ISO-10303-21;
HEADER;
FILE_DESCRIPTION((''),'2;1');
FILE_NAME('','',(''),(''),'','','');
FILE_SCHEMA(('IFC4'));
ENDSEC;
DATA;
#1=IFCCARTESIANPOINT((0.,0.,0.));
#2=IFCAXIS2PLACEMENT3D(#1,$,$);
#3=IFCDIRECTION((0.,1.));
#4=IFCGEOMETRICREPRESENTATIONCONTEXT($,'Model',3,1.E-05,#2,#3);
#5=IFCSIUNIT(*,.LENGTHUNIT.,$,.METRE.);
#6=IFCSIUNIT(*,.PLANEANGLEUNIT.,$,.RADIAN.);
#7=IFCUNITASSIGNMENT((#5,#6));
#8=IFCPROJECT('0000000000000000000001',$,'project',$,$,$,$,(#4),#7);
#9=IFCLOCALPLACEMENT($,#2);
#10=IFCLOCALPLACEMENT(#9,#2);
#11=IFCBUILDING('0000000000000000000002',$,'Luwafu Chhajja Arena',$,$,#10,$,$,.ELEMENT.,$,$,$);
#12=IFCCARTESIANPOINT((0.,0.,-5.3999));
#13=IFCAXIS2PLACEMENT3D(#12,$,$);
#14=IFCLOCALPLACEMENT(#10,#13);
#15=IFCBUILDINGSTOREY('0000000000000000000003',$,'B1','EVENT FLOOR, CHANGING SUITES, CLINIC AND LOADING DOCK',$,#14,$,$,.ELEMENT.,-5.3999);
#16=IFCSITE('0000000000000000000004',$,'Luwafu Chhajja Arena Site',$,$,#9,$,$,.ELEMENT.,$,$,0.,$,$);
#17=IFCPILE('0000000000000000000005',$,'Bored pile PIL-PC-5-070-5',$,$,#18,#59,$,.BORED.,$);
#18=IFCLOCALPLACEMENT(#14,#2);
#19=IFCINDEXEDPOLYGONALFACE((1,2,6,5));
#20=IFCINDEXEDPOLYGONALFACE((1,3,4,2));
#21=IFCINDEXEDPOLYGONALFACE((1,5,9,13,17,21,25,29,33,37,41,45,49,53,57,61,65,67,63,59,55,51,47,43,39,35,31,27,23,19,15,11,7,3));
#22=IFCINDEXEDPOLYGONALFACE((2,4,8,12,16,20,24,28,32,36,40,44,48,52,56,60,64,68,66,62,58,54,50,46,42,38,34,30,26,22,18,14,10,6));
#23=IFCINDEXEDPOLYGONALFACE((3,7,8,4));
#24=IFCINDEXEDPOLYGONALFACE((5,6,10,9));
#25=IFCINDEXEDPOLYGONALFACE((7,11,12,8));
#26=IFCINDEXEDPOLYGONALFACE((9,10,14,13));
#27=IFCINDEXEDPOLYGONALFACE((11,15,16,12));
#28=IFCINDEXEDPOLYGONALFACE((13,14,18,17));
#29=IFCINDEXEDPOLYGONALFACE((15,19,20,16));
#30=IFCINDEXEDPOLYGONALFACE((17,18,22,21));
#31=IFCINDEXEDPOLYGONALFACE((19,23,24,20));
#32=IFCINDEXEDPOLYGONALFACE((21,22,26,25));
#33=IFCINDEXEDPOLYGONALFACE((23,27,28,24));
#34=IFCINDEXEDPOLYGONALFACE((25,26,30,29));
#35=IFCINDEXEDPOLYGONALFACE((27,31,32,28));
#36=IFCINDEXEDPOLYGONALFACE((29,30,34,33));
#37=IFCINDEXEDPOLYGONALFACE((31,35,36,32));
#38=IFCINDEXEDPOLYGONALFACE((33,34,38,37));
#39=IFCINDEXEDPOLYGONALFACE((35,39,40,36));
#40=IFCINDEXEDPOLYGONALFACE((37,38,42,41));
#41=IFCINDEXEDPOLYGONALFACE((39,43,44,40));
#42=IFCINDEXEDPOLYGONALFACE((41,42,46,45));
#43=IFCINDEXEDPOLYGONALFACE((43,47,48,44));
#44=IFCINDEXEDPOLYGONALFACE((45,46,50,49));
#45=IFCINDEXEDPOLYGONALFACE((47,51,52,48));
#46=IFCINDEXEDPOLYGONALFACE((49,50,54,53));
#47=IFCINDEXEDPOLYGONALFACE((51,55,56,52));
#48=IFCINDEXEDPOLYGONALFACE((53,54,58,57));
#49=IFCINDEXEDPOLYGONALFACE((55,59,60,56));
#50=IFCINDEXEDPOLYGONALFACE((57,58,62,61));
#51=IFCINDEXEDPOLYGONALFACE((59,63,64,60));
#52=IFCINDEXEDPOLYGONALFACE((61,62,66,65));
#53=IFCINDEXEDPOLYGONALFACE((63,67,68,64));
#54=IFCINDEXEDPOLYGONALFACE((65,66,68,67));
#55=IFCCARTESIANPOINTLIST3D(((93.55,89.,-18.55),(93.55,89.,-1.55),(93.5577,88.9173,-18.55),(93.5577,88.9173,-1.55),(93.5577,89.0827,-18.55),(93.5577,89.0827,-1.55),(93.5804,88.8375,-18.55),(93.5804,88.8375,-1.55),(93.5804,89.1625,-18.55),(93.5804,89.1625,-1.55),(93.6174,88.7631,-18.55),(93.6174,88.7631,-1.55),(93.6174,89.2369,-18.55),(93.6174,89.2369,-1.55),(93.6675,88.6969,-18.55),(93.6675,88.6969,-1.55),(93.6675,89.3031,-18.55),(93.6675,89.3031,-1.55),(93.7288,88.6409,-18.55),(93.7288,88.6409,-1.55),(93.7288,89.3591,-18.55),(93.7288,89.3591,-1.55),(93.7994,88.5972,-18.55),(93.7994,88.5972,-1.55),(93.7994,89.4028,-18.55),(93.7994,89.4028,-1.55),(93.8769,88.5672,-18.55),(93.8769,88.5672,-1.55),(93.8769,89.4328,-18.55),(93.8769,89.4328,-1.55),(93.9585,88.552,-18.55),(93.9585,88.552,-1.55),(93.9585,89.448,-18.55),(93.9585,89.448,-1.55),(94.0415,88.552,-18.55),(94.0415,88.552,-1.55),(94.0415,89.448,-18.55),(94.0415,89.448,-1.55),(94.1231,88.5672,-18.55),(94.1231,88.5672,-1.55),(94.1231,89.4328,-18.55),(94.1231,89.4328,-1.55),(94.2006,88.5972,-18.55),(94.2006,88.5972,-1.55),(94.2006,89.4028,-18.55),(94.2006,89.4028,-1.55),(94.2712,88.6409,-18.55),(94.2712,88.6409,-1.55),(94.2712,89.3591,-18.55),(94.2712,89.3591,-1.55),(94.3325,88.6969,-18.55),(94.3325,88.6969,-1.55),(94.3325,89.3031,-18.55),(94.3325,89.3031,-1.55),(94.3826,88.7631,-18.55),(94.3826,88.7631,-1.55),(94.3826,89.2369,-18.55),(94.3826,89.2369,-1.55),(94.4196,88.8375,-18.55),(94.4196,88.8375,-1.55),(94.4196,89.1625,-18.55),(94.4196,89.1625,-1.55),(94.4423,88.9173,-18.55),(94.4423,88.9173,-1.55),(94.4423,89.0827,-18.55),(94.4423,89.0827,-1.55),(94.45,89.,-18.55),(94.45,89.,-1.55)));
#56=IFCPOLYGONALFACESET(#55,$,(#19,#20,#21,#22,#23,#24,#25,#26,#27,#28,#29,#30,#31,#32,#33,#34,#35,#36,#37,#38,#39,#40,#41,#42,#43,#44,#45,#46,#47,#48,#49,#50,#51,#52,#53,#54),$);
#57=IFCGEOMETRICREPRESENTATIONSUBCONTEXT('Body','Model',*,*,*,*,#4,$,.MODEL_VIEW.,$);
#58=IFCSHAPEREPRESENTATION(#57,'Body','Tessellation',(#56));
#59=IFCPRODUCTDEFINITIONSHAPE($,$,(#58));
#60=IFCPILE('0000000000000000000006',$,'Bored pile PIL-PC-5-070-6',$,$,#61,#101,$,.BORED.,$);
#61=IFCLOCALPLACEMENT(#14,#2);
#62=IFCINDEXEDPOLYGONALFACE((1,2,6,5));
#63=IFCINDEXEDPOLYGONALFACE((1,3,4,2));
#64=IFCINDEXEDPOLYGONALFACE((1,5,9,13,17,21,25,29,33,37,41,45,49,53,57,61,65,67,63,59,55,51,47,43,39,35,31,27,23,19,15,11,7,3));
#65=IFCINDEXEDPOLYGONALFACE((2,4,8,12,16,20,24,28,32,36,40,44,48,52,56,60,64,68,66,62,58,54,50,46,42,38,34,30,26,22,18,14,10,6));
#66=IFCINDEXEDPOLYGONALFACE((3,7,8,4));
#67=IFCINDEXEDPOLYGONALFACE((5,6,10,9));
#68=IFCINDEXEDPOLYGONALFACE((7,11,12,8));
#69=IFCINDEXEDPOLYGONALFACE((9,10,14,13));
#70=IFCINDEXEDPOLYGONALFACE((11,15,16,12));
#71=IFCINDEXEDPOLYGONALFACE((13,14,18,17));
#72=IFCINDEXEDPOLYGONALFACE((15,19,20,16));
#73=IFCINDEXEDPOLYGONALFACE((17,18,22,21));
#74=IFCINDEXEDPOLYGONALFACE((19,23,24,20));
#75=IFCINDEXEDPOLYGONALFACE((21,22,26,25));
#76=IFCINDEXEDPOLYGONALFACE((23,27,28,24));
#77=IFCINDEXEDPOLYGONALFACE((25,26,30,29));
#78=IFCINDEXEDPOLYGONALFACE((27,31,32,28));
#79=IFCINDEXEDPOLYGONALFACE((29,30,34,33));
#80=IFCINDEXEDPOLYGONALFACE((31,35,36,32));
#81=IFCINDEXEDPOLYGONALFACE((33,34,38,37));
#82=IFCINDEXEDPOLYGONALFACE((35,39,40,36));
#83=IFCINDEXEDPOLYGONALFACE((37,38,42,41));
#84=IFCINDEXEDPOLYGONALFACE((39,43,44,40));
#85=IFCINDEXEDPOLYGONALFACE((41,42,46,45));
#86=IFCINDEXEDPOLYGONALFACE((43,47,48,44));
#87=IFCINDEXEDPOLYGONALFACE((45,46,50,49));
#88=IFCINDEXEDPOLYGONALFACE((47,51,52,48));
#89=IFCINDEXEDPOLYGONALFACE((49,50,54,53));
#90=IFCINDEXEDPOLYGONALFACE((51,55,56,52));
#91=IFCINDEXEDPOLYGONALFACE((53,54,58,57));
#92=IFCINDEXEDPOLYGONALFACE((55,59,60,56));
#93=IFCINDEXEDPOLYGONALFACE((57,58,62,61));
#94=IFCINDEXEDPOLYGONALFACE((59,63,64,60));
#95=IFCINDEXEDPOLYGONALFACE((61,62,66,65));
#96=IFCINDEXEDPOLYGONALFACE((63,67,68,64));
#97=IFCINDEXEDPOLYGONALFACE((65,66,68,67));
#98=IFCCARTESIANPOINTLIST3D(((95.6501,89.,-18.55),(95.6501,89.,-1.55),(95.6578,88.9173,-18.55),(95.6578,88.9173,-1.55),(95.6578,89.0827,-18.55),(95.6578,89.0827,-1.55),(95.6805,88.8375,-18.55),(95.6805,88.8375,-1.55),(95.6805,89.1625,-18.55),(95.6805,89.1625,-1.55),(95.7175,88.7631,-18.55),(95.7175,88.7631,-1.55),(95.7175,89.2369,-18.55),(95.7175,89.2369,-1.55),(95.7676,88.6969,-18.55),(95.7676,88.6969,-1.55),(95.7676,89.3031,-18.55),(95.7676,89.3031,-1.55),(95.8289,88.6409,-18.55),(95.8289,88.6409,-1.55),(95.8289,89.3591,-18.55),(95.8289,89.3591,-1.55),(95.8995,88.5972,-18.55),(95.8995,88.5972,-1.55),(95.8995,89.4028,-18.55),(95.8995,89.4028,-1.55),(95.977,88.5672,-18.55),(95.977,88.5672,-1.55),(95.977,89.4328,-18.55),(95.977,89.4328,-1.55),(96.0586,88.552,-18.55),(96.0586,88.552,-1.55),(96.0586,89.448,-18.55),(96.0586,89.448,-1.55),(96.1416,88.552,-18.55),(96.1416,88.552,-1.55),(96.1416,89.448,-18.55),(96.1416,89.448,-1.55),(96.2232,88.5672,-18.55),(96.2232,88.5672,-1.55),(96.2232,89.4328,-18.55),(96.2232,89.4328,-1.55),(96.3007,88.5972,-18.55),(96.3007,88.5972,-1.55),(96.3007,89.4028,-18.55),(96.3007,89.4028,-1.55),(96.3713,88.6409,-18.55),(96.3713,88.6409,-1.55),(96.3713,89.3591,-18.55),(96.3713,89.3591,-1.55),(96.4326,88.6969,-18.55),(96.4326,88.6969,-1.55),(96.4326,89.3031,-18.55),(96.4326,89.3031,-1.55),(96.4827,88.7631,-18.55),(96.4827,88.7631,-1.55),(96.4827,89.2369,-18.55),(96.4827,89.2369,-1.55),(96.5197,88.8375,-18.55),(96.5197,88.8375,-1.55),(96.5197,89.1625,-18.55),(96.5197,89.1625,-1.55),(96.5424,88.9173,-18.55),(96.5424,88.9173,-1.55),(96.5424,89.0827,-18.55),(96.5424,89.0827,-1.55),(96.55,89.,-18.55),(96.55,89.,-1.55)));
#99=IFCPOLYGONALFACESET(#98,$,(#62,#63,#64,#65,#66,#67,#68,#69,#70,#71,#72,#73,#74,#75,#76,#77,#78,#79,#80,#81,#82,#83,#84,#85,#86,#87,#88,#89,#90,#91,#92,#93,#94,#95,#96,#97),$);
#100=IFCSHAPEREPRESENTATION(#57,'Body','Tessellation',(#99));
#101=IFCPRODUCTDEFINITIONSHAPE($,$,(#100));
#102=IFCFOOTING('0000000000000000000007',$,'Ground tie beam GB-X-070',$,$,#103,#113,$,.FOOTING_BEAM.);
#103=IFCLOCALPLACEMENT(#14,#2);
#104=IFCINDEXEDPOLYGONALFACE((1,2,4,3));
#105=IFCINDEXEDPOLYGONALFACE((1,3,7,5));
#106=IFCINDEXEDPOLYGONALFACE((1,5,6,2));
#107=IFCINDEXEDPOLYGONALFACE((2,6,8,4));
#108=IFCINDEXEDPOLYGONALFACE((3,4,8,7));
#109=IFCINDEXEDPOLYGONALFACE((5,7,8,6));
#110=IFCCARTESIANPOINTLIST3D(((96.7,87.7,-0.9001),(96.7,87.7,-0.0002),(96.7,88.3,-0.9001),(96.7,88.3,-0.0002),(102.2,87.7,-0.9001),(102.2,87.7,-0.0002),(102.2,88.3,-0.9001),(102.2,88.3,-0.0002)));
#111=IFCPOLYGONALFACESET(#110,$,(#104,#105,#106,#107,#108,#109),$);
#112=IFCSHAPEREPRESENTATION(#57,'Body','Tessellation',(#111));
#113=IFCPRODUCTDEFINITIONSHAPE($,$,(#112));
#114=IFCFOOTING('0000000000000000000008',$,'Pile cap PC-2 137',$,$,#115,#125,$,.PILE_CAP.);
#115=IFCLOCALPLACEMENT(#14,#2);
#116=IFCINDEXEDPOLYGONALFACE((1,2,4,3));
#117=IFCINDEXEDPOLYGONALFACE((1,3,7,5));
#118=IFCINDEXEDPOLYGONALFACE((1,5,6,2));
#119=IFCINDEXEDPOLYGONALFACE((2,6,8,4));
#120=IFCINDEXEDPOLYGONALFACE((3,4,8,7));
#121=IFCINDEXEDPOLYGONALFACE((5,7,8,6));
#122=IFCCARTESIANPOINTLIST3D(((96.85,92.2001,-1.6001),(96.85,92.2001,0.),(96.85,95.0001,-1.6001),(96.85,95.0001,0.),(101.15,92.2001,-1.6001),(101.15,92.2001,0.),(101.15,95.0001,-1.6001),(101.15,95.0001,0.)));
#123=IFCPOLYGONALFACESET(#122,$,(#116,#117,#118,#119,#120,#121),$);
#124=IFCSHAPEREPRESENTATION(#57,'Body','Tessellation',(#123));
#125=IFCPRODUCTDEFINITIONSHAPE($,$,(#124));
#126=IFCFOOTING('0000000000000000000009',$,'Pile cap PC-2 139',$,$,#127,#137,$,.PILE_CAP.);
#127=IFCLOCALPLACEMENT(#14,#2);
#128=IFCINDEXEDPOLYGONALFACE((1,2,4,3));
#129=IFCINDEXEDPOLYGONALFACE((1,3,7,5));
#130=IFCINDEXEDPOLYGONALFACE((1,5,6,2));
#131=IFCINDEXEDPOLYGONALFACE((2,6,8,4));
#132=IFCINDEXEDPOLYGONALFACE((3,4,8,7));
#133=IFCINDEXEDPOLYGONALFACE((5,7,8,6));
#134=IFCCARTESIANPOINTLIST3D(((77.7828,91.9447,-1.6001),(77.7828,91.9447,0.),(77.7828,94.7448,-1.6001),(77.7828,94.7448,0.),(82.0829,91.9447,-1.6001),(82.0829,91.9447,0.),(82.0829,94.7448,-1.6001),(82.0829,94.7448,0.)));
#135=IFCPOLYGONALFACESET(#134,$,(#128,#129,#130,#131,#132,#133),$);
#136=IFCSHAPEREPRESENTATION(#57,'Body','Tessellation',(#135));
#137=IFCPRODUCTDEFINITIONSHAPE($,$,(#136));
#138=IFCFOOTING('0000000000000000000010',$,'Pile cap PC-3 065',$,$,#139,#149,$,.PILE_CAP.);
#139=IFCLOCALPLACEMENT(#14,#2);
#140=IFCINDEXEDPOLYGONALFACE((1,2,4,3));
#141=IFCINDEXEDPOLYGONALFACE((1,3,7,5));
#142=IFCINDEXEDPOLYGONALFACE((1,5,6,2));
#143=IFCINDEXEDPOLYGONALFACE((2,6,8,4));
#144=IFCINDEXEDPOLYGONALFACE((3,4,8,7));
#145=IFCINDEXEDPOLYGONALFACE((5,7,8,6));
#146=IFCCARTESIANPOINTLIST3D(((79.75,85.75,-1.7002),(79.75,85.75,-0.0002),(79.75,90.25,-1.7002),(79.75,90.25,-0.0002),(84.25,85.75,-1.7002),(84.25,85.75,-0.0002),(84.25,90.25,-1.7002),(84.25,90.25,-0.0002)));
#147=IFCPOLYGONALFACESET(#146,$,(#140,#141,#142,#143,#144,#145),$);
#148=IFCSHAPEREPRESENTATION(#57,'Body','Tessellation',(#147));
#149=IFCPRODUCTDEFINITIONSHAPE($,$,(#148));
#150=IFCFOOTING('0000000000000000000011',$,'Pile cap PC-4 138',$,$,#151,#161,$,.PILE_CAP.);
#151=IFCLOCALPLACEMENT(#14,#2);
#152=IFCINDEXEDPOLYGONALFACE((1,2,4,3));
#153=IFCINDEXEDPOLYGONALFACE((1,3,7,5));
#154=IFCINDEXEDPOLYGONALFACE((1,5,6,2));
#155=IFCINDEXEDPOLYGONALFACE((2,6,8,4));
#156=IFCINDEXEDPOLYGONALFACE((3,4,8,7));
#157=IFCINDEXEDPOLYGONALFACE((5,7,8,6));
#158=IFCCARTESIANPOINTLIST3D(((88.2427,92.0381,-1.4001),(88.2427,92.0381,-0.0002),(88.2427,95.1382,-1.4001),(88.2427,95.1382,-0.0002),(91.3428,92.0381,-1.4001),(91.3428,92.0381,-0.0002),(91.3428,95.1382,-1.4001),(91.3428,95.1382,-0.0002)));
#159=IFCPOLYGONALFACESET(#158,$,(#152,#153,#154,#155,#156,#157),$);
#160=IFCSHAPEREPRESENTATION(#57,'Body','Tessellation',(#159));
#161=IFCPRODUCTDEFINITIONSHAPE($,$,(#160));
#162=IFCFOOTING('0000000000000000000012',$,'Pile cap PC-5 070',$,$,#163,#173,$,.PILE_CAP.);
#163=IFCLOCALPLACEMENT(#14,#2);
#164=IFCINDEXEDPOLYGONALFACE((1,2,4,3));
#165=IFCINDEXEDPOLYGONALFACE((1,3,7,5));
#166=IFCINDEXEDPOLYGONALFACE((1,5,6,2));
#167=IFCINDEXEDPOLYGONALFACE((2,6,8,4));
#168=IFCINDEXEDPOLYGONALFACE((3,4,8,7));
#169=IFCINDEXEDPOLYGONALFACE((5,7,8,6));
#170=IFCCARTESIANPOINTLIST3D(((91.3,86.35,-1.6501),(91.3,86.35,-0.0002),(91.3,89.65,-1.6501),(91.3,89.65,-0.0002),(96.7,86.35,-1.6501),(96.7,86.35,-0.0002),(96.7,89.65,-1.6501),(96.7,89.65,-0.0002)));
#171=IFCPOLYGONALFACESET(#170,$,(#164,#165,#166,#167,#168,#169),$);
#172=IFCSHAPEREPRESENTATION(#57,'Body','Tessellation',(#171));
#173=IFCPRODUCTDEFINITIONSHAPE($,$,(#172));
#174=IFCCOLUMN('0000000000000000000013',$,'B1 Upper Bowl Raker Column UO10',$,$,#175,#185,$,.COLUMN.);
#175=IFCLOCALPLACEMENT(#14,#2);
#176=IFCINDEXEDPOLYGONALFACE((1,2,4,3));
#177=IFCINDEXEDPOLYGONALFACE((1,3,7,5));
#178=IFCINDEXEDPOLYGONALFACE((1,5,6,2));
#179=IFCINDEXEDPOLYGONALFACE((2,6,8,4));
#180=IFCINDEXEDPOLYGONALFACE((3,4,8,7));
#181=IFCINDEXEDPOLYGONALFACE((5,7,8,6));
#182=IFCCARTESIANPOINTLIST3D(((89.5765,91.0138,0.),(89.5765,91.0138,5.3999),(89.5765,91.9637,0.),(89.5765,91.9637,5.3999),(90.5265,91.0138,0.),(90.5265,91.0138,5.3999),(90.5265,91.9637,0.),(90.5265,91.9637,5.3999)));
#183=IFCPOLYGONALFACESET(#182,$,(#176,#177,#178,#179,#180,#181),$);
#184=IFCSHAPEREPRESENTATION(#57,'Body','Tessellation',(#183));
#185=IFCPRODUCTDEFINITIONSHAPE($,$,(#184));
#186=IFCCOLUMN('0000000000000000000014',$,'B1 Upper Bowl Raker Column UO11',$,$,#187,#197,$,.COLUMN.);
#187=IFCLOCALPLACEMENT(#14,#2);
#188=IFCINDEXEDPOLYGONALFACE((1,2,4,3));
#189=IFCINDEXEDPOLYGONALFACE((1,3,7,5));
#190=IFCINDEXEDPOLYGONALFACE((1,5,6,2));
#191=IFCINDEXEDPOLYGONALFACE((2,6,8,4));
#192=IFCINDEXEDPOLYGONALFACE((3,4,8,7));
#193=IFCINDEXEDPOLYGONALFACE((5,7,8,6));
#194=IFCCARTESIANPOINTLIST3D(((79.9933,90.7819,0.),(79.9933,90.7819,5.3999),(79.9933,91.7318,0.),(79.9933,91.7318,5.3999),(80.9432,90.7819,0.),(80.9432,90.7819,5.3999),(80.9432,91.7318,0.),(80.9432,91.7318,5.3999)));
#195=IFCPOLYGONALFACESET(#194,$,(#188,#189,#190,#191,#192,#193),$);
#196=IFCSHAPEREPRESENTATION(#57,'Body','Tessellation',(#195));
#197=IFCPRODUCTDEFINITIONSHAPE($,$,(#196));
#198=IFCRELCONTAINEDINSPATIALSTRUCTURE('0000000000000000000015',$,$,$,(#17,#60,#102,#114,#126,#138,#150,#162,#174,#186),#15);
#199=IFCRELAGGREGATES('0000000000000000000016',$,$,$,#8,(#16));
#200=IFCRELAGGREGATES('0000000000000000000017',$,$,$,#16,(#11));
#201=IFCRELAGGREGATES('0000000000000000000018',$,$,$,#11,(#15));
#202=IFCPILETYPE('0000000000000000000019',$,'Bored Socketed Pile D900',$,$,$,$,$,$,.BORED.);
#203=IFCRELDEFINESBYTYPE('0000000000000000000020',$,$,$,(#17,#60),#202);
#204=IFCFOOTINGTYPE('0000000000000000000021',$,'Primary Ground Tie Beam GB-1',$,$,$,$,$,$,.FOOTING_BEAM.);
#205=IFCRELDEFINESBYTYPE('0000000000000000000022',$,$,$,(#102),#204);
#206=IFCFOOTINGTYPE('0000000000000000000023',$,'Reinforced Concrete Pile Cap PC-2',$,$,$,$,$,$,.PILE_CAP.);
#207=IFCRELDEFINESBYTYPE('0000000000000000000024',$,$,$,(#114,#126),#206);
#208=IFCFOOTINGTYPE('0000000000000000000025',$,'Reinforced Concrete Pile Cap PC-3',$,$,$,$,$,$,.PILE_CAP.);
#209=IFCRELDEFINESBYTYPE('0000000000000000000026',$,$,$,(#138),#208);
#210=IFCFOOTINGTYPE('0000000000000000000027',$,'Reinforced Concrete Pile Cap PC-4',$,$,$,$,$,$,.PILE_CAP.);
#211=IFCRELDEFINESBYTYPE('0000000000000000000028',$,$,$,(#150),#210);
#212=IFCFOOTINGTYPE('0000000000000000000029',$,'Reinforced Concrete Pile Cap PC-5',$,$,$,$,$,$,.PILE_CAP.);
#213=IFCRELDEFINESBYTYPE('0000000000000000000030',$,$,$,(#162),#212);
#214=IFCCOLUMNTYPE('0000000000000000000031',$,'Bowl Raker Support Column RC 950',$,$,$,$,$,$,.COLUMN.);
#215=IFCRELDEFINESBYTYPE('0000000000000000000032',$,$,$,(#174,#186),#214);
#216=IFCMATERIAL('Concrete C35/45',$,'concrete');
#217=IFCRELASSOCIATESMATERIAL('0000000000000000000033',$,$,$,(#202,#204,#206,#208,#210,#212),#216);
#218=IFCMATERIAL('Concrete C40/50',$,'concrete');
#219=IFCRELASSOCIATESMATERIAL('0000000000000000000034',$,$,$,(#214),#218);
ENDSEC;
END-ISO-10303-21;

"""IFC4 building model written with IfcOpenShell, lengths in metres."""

from ifc_helpers import new_model, si_unit, direction, frame, origin, origin_2d, place, context, subcontext, project, spatial, rectangle, circle, extrude, material, material_profile, profile_set, type_object, element, save


model = new_model("IFC4")

# Units and contexts
model_context = context("Model", 3, precision=1e-05, world=origin(), true_north=direction((0.0, 1.0)))
body_context = subcontext(model_context, "Body", "Model", "MODEL_VIEW")
ifc_project = project(units=[si_unit("LENGTHUNIT", "METRE"), si_unit("PLANEANGLEUNIT", "RADIAN")], contexts=[model_context])

# Site, building, storey
site_placement = place(None, origin())
site = spatial("IfcSite", under=ifc_project, at=site_placement, Name="Luwafu Chhajja Arena Site", CompositionType="ELEMENT", RefElevation=0.0)
building_placement = place(site_placement, origin())
building = spatial("IfcBuilding", under=site, at=building_placement, Name="Luwafu Chhajja Arena", CompositionType="ELEMENT")
storey_placement = place(building_placement, frame((0.0, 0.0, -5.3999)))
storey = spatial("IfcBuildingStorey", under=building, at=storey_placement, Name="B1", Description="EVENT FLOOR, CHANGING SUITES, CLINIC AND LOADING DOCK", CompositionType="ELEMENT", Elevation=-5.3999)

# Piles
ifc_material_1 = material(Name="Concrete C35/45", Category="concrete")
ifc_material_profile_1 = material_profile(ifc_material_1, circle(Radius=0.45, at=origin_2d()), Name="PILE D900")
ifc_profile_set_1 = profile_set([ifc_material_profile_1], Name="Concrete C35/45")
pile_type_1 = type_object("IfcPileType", Name="Bored Socketed Pile D900", PredefinedType="BORED", material=ifc_profile_set_1)
for number, where, z_axis, x_axis, name in (
    (1, (94.0, 89.0, -1.55), (0.0, 0.0, -1.0), (1.0, 0.0, 0.0), "Bored pile PIL-PC-5-070-5"),
    (2, (96.1001, 89.0, -1.55), (0.0, 0.0, -1.0), (1.0, 0.0, 0.0), "Bored pile PIL-PC-5-070-6"),
):
    element("IfcPile", number, at=place(storey_placement, frame(where, z_axis=z_axis, x_axis=x_axis)), inside=storey, type_object=pile_type_1, Name=name, PredefinedType="BORED", context=body_context, shape_type="SweptSolid", body=[
        extrude(circle(Radius=0.45, at=origin_2d()), origin(), (0.0, 0.0, 1.0), 17.0),
    ])

# Footings
ifc_material_profile_2 = material_profile(ifc_material_1, rectangle(XDim=0.6001, YDim=0.8999, at=origin_2d()), Name="RC 600x900")
ifc_profile_set_2 = profile_set([ifc_material_profile_2], Name="Concrete C35/45")
footing_type_1 = type_object("IfcFootingType", Name="Primary Ground Tie Beam GB-1", PredefinedType="FOOTING_BEAM", material=ifc_profile_set_2)
footing_1_placement = place(storey_placement, frame((96.7, 88.0, -0.4502), z_axis=(1.0, 0.0, 0.0), x_axis=(0.0, 1.0, 0.0)))
element("IfcFooting", 3, at=footing_1_placement, inside=storey, type_object=footing_type_1, Name="Ground tie beam GB-X-070", PredefinedType="FOOTING_BEAM", context=body_context, shape_type="SweptSolid", body=[
    extrude(rectangle(XDim=0.6001, YDim=0.8999, at=origin_2d()), origin(), (0.0, 0.0, 1.0), 5.5),
])
footing_type_2 = type_object("IfcFootingType", Name="Reinforced Concrete Pile Cap PC-2", PredefinedType="PILE_CAP", material=ifc_material_1)
for number, where, z_axis, x_axis, name in (
    (4, (99.0, 93.6001, -1.6001), (0.0, 0.0, 1.0), (1.0, 0.0, 0.0), "Pile cap PC-2 137"),
    (5, (79.9329, 93.3447, -1.6001), (0.0, 0.0, 1.0), (1.0, 0.0, 0.0), "Pile cap PC-2 139"),
):
    element("IfcFooting", number, at=place(storey_placement, frame(where, z_axis=z_axis, x_axis=x_axis)), inside=storey, type_object=footing_type_2, Name=name, PredefinedType="PILE_CAP", context=body_context, shape_type="SweptSolid", body=[
        extrude(rectangle(XDim=4.3, YDim=2.8, at=origin_2d()), origin(), (0.0, 0.0, 1.0), 1.6001),
    ])
footing_type_3 = type_object("IfcFootingType", Name="Reinforced Concrete Pile Cap PC-3", PredefinedType="PILE_CAP", material=ifc_material_1)
footing_2_placement = place(storey_placement, frame((82.0, 88.0, -1.7002), z_axis=(0.0, 0.0, 1.0), x_axis=(1.0, 0.0, 0.0)))
element("IfcFooting", 6, at=footing_2_placement, inside=storey, type_object=footing_type_3, Name="Pile cap PC-3 065", PredefinedType="PILE_CAP", context=body_context, shape_type="SweptSolid", body=[
    extrude(rectangle(XDim=4.5, YDim=4.5, at=origin_2d()), origin(), (0.0, 0.0, 1.0), 1.7),
])
footing_type_4 = type_object("IfcFootingType", Name="Reinforced Concrete Pile Cap PC-4", PredefinedType="PILE_CAP", material=ifc_material_1)
footing_3_placement = place(storey_placement, frame((89.7927, 93.5881, -1.4001), z_axis=(0.0, 0.0, 1.0), x_axis=(1.0, 0.0, 0.0)))
element("IfcFooting", 7, at=footing_3_placement, inside=storey, type_object=footing_type_4, Name="Pile cap PC-4 138", PredefinedType="PILE_CAP", context=body_context, shape_type="SweptSolid", body=[
    extrude(rectangle(XDim=3.1001, YDim=3.1001, at=origin_2d()), origin(), (0.0, 0.0, 1.0), 1.3999),
])
footing_type_5 = type_object("IfcFootingType", Name="Reinforced Concrete Pile Cap PC-5", PredefinedType="PILE_CAP", material=ifc_material_1)
footing_4_placement = place(storey_placement, frame((94.0, 88.0, -1.6501), z_axis=(0.0, 0.0, 1.0), x_axis=(1.0, 0.0, 0.0)))
element("IfcFooting", 8, at=footing_4_placement, inside=storey, type_object=footing_type_5, Name="Pile cap PC-5 070", PredefinedType="PILE_CAP", context=body_context, shape_type="SweptSolid", body=[
    extrude(rectangle(XDim=5.3999, YDim=3.3, at=origin_2d()), origin(), (0.0, 0.0, 1.0), 1.6499),
])

# Columns
ifc_material_2 = material(Name="Concrete C40/50", Category="concrete")
ifc_material_profile_3 = material_profile(ifc_material_2, rectangle(XDim=0.95, YDim=0.95, at=origin_2d()), Name="RC 950x950")
ifc_profile_set_3 = profile_set([ifc_material_profile_3], Name="Concrete C40/50")
column_type_1 = type_object("IfcColumnType", Name="Bowl Raker Support Column RC 950", PredefinedType="COLUMN", material=ifc_profile_set_3)
for number, where, z_axis, x_axis, name in (
    (9, (90.0515, 91.4888, 0.0), (0.0, 0.0, 1.0), (1.0, 0.0, 0.0), "B1 Upper Bowl Raker Column UO10"),
    (10, (80.4683, 91.2568, 0.0), (0.0, 0.0, 1.0), (1.0, 0.0, 0.0), "B1 Upper Bowl Raker Column UO11"),
):
    element("IfcColumn", number, at=place(storey_placement, frame(where, z_axis=z_axis, x_axis=x_axis)), inside=storey, type_object=column_type_1, Name=name, PredefinedType="COLUMN", context=body_context, shape_type="SweptSolid", body=[
        extrude(rectangle(XDim=0.95, YDim=0.95, at=origin_2d()), origin(), (0.0, 0.0, 1.0), 5.3999),
    ])

save(model, "model.ifc")
